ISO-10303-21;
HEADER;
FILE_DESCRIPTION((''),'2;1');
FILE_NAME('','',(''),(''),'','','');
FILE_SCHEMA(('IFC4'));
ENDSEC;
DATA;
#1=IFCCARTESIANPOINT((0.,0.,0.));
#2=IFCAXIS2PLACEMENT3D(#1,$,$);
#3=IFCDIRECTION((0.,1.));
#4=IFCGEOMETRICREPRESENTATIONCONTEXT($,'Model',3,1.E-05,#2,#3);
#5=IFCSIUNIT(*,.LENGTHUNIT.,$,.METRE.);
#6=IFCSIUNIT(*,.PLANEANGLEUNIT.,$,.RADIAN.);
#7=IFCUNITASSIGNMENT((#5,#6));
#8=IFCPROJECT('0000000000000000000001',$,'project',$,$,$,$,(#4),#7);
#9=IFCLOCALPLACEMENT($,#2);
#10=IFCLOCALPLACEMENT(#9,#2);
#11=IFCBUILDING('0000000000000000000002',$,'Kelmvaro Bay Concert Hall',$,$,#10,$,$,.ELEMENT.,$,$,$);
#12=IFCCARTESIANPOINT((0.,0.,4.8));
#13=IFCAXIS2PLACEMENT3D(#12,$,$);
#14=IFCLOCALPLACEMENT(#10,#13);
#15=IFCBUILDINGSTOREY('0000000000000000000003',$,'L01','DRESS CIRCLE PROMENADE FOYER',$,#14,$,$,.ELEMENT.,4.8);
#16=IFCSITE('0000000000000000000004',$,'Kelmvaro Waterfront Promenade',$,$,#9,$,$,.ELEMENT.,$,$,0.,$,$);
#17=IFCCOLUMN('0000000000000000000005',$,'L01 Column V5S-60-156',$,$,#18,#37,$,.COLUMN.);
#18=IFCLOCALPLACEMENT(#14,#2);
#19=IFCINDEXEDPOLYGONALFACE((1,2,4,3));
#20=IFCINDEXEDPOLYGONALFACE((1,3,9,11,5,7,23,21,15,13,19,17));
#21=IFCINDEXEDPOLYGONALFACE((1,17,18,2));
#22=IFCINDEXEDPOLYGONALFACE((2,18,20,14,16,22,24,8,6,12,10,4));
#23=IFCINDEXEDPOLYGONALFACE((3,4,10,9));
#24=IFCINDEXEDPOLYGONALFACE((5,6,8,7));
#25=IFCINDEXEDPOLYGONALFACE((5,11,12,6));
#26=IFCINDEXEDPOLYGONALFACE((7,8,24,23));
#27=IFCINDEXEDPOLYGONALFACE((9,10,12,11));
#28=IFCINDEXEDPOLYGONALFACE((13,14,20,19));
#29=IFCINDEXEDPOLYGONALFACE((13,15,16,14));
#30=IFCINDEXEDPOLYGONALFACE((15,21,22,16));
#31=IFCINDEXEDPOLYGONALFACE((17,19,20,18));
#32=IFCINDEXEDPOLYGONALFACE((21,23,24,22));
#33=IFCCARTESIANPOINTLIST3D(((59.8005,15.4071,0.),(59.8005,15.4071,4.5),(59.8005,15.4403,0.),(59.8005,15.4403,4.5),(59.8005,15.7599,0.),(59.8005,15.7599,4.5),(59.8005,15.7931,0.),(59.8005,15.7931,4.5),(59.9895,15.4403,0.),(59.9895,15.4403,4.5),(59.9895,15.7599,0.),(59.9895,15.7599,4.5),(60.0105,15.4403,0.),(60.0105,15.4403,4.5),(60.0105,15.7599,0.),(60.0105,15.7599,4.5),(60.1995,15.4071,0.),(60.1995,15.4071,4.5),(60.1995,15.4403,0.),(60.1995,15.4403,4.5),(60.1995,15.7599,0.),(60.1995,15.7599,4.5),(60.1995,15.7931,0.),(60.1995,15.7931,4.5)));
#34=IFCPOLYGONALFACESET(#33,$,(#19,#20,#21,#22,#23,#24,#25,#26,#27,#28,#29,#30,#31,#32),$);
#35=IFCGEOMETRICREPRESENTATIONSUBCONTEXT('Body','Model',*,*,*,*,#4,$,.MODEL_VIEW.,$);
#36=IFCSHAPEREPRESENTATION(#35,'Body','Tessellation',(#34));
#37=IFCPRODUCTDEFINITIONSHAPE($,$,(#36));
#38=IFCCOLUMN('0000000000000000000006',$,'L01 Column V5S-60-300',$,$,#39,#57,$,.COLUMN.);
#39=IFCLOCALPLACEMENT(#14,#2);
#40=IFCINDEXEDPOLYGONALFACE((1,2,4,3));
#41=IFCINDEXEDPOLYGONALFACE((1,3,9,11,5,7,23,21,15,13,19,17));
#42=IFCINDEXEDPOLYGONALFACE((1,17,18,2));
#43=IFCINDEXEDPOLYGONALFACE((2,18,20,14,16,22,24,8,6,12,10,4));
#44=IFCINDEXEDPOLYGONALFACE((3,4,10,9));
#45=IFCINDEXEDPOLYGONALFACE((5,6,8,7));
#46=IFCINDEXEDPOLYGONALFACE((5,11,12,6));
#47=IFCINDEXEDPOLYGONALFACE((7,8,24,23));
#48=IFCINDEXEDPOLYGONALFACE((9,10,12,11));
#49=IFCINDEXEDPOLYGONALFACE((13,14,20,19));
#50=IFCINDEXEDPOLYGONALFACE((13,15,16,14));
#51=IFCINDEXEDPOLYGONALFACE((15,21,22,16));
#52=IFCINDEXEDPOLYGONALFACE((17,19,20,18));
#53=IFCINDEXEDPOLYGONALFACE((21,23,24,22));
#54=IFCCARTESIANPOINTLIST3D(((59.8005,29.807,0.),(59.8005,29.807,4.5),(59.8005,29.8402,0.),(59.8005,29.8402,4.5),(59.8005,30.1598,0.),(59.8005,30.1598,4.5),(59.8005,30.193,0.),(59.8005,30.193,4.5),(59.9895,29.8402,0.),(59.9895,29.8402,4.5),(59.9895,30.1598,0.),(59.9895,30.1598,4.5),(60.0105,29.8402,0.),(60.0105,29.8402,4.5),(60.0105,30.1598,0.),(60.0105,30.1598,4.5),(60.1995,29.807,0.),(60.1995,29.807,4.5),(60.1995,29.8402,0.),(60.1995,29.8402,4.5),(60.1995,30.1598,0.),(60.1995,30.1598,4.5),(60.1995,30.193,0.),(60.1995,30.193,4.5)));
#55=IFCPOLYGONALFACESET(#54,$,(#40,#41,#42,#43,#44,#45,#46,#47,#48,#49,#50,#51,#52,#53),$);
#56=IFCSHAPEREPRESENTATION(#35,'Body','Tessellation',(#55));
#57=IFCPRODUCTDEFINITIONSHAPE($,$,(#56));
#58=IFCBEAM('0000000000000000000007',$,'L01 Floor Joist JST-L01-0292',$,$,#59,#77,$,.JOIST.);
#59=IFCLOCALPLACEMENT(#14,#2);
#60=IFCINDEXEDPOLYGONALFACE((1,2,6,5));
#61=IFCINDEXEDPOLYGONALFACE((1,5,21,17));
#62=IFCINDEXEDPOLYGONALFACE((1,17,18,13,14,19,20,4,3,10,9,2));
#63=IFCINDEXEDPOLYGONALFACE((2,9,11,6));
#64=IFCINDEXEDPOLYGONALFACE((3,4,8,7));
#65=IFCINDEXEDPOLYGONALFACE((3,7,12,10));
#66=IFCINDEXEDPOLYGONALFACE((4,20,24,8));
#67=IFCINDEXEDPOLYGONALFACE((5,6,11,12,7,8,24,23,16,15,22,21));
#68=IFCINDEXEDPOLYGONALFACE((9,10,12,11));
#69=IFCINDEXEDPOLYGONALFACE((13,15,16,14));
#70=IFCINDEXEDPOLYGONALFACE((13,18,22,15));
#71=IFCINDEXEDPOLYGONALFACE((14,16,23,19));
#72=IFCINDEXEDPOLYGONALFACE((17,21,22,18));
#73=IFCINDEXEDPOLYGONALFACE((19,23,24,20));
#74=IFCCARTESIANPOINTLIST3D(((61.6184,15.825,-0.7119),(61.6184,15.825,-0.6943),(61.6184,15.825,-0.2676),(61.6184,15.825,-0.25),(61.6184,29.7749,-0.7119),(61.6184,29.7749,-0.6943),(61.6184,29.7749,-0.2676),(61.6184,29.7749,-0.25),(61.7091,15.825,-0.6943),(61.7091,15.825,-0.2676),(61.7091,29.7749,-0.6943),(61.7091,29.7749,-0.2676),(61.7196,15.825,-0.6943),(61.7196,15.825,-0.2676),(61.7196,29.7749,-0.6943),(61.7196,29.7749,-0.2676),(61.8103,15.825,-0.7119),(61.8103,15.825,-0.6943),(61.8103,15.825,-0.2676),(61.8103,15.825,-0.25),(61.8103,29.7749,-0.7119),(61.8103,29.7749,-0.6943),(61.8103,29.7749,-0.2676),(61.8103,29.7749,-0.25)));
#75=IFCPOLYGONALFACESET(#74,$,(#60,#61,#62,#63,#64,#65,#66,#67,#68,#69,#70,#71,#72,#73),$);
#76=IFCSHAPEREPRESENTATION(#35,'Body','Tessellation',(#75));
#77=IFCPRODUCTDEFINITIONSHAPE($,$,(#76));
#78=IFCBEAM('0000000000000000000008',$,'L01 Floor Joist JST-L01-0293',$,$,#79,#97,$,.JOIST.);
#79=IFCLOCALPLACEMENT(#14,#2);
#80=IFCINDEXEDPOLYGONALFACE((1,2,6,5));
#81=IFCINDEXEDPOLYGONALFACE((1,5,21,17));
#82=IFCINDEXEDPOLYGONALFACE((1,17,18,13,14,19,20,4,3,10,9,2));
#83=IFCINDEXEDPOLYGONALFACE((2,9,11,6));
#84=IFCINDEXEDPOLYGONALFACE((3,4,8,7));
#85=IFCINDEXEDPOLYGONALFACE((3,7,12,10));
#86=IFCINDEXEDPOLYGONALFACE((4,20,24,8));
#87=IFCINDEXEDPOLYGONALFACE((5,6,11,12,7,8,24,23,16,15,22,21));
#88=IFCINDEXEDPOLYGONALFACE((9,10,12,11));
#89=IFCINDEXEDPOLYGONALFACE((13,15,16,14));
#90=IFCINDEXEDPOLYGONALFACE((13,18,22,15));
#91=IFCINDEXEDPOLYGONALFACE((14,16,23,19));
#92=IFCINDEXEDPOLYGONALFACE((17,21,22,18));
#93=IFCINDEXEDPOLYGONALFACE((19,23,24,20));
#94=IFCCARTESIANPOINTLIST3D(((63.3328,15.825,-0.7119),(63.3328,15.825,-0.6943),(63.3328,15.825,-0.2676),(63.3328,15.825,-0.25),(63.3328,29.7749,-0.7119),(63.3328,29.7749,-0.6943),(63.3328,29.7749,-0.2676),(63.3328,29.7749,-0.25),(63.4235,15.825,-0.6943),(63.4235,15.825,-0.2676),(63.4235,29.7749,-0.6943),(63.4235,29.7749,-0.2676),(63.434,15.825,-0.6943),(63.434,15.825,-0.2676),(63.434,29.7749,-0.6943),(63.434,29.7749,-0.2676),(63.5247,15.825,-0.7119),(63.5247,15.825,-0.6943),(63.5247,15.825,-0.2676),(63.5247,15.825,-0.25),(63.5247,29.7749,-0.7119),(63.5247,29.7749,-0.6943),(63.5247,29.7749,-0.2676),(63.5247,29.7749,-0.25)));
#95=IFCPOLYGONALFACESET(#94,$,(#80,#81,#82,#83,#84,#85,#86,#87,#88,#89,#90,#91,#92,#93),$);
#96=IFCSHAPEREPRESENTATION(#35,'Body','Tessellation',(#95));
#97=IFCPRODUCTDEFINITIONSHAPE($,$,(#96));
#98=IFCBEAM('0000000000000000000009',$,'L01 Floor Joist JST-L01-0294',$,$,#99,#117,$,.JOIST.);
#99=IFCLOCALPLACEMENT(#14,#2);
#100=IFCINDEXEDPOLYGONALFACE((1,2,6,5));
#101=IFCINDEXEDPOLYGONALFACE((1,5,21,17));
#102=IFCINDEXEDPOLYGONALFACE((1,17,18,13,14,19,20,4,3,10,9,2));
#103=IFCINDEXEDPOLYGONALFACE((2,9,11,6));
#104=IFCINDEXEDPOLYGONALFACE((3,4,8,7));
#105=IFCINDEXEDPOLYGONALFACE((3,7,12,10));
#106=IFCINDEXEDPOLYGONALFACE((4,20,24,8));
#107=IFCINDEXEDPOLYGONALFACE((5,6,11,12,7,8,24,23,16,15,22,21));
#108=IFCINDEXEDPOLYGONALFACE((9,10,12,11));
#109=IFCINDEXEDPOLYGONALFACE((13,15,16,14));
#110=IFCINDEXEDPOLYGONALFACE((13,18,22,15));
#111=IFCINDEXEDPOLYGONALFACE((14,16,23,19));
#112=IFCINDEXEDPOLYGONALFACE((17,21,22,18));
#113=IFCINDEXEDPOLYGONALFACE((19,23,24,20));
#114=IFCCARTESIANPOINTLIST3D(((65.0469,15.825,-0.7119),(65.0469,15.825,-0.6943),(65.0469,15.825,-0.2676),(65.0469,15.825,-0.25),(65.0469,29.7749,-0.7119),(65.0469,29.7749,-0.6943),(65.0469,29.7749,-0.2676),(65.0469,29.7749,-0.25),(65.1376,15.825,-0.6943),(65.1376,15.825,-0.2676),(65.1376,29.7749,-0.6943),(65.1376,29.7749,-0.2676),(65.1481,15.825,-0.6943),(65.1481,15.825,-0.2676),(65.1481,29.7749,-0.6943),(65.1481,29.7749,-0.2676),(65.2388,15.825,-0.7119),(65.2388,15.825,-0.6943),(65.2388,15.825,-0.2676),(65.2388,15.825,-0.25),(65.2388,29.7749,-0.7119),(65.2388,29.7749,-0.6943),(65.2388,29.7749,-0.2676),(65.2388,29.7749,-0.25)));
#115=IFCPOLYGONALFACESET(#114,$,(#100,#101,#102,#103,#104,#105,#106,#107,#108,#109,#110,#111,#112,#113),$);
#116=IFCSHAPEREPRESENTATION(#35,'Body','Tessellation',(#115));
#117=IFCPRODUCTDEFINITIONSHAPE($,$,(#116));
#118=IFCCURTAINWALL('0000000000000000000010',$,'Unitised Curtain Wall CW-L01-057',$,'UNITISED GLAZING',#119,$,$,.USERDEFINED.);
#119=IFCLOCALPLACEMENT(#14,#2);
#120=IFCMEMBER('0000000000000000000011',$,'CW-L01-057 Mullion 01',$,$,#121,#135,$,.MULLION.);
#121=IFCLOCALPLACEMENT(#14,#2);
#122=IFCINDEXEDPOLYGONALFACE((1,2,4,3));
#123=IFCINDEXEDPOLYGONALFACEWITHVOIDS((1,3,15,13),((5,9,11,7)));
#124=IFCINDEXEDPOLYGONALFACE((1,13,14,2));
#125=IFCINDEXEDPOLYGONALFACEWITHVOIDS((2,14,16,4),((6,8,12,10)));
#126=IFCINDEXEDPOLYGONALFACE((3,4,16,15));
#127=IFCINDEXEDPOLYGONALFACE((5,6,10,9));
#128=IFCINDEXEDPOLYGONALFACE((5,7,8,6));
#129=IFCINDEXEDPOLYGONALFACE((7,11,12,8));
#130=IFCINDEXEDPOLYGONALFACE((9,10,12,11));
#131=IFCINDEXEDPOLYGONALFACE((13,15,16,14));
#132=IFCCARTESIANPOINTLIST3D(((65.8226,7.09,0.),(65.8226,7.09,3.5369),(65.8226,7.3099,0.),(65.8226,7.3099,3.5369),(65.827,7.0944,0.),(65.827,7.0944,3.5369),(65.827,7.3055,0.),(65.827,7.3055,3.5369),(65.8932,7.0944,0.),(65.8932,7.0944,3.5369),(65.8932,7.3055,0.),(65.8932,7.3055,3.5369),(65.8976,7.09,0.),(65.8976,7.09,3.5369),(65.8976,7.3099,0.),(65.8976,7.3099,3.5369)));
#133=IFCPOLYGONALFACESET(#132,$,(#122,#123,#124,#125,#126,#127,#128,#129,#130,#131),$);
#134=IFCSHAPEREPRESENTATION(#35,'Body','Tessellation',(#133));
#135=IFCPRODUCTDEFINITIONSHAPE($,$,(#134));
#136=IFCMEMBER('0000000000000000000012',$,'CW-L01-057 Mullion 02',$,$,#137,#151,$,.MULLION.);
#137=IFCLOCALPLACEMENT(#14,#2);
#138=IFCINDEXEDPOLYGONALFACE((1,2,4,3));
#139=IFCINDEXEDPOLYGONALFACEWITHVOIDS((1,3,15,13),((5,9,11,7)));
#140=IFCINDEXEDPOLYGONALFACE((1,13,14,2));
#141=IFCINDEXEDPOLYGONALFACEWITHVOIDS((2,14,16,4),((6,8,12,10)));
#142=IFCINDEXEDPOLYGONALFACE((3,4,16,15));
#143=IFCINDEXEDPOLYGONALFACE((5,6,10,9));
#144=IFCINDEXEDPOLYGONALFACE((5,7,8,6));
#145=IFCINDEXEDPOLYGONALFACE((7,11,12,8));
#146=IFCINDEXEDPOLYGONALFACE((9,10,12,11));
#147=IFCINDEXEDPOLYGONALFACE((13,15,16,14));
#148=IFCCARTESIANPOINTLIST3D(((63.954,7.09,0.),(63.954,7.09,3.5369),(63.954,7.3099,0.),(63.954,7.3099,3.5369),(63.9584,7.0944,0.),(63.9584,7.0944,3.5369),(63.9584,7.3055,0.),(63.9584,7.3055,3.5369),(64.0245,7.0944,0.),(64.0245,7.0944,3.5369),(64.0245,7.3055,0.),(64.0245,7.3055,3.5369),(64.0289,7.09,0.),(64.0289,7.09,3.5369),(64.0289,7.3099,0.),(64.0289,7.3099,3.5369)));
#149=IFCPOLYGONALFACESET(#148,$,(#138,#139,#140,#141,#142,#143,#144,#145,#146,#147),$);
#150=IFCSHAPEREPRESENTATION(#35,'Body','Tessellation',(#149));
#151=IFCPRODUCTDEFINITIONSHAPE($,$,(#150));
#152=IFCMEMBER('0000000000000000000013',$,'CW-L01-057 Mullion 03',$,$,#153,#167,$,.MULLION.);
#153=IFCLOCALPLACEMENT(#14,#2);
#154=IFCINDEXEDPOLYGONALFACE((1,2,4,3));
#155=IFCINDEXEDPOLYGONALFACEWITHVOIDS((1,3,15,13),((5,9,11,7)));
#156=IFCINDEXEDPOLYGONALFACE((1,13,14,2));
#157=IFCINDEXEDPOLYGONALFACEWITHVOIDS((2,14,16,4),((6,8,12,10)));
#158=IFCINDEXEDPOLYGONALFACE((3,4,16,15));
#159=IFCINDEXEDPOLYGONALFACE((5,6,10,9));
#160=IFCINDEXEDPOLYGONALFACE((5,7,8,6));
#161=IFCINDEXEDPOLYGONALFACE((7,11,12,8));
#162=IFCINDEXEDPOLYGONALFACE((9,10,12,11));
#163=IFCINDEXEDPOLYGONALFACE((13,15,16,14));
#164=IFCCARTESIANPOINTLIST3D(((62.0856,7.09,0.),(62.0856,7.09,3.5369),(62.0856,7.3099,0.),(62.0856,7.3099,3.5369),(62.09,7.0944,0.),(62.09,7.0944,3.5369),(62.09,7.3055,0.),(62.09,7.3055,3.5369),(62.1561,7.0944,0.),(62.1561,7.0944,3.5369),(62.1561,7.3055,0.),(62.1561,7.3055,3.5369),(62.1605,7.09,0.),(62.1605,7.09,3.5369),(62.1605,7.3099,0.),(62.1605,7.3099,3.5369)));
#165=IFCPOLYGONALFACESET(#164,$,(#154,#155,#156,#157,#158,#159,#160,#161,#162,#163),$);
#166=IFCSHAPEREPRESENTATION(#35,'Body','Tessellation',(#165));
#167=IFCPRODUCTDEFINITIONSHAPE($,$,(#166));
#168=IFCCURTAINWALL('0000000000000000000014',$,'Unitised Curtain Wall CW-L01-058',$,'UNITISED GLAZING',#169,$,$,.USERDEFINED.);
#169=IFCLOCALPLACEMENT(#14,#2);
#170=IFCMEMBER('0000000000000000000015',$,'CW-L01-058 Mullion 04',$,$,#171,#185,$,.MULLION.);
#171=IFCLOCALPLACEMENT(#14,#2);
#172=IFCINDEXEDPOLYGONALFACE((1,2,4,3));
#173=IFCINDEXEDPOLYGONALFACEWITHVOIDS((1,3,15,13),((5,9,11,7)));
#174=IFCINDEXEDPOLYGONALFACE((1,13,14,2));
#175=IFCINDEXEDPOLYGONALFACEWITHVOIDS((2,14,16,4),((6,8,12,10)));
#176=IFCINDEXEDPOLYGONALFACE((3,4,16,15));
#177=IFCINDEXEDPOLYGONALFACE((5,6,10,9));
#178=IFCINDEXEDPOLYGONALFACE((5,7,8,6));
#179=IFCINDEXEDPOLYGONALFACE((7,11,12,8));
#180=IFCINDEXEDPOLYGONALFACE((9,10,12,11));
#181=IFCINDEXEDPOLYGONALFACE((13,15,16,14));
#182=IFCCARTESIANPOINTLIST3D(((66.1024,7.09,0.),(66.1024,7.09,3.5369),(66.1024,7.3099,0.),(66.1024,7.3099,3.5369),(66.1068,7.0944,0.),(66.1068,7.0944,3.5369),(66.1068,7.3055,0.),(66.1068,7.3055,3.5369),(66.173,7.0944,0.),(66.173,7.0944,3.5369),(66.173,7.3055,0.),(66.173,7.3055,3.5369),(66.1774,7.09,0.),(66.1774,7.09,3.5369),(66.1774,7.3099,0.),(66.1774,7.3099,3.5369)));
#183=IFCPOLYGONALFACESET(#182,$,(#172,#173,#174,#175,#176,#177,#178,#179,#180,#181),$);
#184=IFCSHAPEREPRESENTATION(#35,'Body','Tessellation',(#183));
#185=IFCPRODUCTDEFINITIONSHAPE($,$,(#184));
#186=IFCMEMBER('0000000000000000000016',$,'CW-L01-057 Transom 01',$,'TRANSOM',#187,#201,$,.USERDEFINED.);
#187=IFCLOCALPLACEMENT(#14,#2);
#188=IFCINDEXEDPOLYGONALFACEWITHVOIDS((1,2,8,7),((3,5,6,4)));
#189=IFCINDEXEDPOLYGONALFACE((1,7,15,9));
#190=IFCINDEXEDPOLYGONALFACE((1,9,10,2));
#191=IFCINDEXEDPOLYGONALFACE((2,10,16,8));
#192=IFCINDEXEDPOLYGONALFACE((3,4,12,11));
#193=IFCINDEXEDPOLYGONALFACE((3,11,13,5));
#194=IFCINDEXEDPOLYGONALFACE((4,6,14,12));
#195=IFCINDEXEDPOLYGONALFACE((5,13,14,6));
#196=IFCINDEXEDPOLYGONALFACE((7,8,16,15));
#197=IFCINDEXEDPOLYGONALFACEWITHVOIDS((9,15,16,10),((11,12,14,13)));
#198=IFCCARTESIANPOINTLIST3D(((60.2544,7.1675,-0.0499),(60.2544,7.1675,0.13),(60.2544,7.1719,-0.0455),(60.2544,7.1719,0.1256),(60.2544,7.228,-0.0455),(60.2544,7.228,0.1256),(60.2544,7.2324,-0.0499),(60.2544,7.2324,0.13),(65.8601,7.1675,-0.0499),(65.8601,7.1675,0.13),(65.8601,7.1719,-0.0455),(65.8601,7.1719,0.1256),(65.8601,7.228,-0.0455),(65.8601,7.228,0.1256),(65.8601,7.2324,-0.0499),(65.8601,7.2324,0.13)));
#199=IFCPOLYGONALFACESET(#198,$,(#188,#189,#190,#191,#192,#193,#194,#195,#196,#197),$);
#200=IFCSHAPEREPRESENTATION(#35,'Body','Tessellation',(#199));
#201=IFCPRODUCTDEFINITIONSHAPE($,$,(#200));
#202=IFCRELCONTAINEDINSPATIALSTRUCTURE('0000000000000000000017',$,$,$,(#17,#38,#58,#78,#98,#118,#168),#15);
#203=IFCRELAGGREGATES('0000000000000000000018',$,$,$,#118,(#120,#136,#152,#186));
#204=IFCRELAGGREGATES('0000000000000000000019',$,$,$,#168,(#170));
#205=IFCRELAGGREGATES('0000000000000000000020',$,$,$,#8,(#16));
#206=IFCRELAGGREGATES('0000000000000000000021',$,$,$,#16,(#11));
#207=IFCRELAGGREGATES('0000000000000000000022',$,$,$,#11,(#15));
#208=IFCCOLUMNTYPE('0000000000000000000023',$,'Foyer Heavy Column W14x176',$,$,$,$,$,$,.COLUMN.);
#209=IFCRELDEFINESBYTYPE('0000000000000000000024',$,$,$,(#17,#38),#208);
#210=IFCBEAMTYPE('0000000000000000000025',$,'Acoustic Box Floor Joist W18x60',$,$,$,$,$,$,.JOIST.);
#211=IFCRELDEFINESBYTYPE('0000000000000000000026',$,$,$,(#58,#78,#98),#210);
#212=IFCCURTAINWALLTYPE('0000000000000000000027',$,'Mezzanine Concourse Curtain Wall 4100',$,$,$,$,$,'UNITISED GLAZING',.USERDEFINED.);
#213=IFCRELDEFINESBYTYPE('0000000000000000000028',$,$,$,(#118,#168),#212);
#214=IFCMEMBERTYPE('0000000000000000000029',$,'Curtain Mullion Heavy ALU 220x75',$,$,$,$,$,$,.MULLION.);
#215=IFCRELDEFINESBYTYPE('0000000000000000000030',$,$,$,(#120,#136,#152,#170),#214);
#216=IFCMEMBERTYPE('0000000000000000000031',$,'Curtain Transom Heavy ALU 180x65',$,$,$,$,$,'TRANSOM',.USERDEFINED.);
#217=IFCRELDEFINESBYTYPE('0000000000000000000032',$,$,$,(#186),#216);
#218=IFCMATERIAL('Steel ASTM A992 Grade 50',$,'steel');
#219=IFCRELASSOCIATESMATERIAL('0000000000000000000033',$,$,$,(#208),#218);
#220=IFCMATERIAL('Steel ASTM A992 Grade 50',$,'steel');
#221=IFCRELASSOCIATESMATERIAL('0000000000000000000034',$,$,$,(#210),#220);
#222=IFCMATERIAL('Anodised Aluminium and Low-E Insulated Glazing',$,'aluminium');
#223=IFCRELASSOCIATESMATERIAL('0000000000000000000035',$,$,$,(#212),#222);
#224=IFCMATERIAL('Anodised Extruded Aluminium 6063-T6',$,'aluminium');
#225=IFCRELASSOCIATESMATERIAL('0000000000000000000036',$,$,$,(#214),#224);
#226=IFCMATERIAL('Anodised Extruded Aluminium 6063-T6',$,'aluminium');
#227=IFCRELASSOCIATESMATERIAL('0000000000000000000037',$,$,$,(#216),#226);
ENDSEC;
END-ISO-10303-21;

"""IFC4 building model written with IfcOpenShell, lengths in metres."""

from ifc_helpers import new_model, si_unit, direction, frame, origin, origin_2d, place, context, subcontext, project, spatial, hollow_rectangle, i_section, extrude, material, material_profile, profile_set, type_object, element, aggregate, save


model = new_model("IFC4")

# Units and contexts
model_context = context("Model", 3, precision=1e-05, world=origin(), true_north=direction((0.0, 1.0)))
body_context = subcontext(model_context, "Body", "Model", "MODEL_VIEW")
ifc_project = project(units=[si_unit("LENGTHUNIT", "METRE"), si_unit("PLANEANGLEUNIT", "RADIAN")], contexts=[model_context])

# Site, building, storey
site_placement = place(None, origin())
site = spatial("IfcSite", under=ifc_project, at=site_placement, Name="Kelmvaro Waterfront Promenade", CompositionType="ELEMENT", RefElevation=0.0)
building_placement = place(site_placement, origin())
building = spatial("IfcBuilding", under=site, at=building_placement, Name="Kelmvaro Bay Concert Hall", CompositionType="ELEMENT")
storey_placement = place(building_placement, frame((0.0, 0.0, 4.8)))
storey = spatial("IfcBuildingStorey", under=building, at=storey_placement, Name="L01", Description="DRESS CIRCLE PROMENADE FOYER", CompositionType="ELEMENT", Elevation=4.8)

# Columns
ifc_material_1 = material(Name="Steel ASTM A992 Grade 50", Category="steel")
ifc_material_profile_1 = material_profile(ifc_material_1, i_section(OverallWidth=0.3989, OverallDepth=0.386, WebThickness=0.021, FlangeThickness=0.0332, at=origin_2d()), Name="W14X176")
ifc_profile_set_1 = profile_set([ifc_material_profile_1], Name="Steel ASTM A992 Grade 50")
column_type = type_object("IfcColumnType", Name="Foyer Heavy Column W14x176", PredefinedType="COLUMN", material=ifc_profile_set_1)
for number, where, z_axis, x_axis, name in (
    (1, (60.0, 15.6001, 0.0), (0.0, 0.0, 1.0), (1.0, 0.0, 0.0), "L01 Column V5S-60-156"),
    (2, (60.0, 30.0, 0.0), (0.0, 0.0, 1.0), (1.0, 0.0, 0.0), "L01 Column V5S-60-300"),
):
    element("IfcColumn", number, at=place(storey_placement, frame(where, z_axis=z_axis, x_axis=x_axis)), inside=storey, type_object=column_type, Name=name, PredefinedType="COLUMN", context=body_context, shape_type="SweptSolid", body=[
        extrude(i_section(OverallWidth=0.3989, OverallDepth=0.386, WebThickness=0.021, FlangeThickness=0.0332, at=origin_2d()), origin(), (0.0, 0.0, 1.0), 4.5),
    ])

# Beams
ifc_material_2 = material(Name="Steel ASTM A992 Grade 50", Category="steel")
ifc_material_profile_2 = material_profile(ifc_material_2, i_section(OverallWidth=0.1919, OverallDepth=0.4619, WebThickness=0.0105, FlangeThickness=0.0176, at=origin_2d()), Name="W18X60")
ifc_profile_set_2 = profile_set([ifc_material_profile_2], Name="Steel ASTM A992 Grade 50")
beam_type_1 = type_object("IfcBeamType", Name="Acoustic Box Floor Joist W18x60", PredefinedType="JOIST", material=ifc_profile_set_2)
for number, where, z_axis, x_axis, name in (
    (3, (61.7144, 15.825, -0.481), (0.0, 1.0, 0.0), (-1.0, 0.0, 0.0), "L01 Floor Joist JST-L01-0292"),
    (4, (63.4287, 15.825, -0.481), (0.0, 1.0, 0.0), (-1.0, 0.0, 0.0), "L01 Floor Joist JST-L01-0293"),
    (5, (65.1428, 15.825, -0.481), (0.0, 1.0, 0.0), (-1.0, 0.0, 0.0), "L01 Floor Joist JST-L01-0294"),
):
    element("IfcBeam", number, at=place(storey_placement, frame(where, z_axis=z_axis, x_axis=x_axis)), inside=storey, type_object=beam_type_1, Name=name, PredefinedType="JOIST", context=body_context, shape_type="SweptSolid", body=[
        extrude(i_section(OverallWidth=0.1919, OverallDepth=0.4619, WebThickness=0.0105, FlangeThickness=0.0176, at=origin_2d()), origin(), (0.0, 0.0, 1.0), 13.95),
    ])

# Curtain wall, members
ifc_material_3 = material(Name="Anodised Aluminium and Low-E Insulated Glazing", Category="aluminium")
curtain_wall_type = type_object("IfcCurtainWallType", Name="Mezzanine Concourse Curtain Wall 4100", ElementType="UNITISED GLAZING", PredefinedType="USERDEFINED", material=ifc_material_3)
curtain_wall_1_placement = place(storey_placement, origin())
curtain_wall_1 = element("IfcCurtainWall", 6, at=curtain_wall_1_placement, inside=storey, type_object=curtain_wall_type, Name="Unitised Curtain Wall CW-L01-057", ObjectType="UNITISED GLAZING", PredefinedType="USERDEFINED")
ifc_material_4 = material(Name="Anodised Extruded Aluminium 6063-T6", Category="aluminium")
ifc_material_profile_3 = material_profile(ifc_material_4, hollow_rectangle(XDim=0.075, YDim=0.22, WallThickness=0.0044, at=origin_2d()), Name="ALU-MUL-220X75")
ifc_profile_set_3 = profile_set([ifc_material_profile_3], Name="Anodised Extruded Aluminium 6063-T6")
member_type_1 = type_object("IfcMemberType", Name="Curtain Mullion Heavy ALU 220x75", PredefinedType="MULLION", material=ifc_profile_set_3)
member_1_placement = place(storey_placement, frame((65.8601, 7.2, 0.0), z_axis=(0.0, 0.0, 1.0), x_axis=(1.0, 0.0, 0.0)))
member_1 = element("IfcMember", 7, at=member_1_placement, type_object=member_type_1, Name="CW-L01-057 Mullion 01", PredefinedType="MULLION", context=body_context, shape_type="SweptSolid", body=[
    extrude(hollow_rectangle(XDim=0.075, YDim=0.22, WallThickness=0.0044, at=origin_2d()), origin(), (0.0, 0.0, 1.0), 3.5369),
])
member_2_placement = place(storey_placement, frame((63.9915, 7.2, 0.0), z_axis=(0.0, 0.0, 1.0), x_axis=(1.0, 0.0, 0.0)))
member_2 = element("IfcMember", 8, at=member_2_placement, type_object=member_type_1, Name="CW-L01-057 Mullion 02", PredefinedType="MULLION", context=body_context, shape_type="SweptSolid", body=[
    extrude(hollow_rectangle(XDim=0.075, YDim=0.22, WallThickness=0.0044, at=origin_2d()), origin(), (0.0, 0.0, 1.0), 3.5369),
])
member_3_placement = place(storey_placement, frame((62.123, 7.2, 0.0), z_axis=(0.0, 0.0, 1.0), x_axis=(1.0, 0.0, 0.0)))
member_3 = element("IfcMember", 9, at=member_3_placement, type_object=member_type_1, Name="CW-L01-057 Mullion 03", PredefinedType="MULLION", context=body_context, shape_type="SweptSolid", body=[
    extrude(hollow_rectangle(XDim=0.075, YDim=0.22, WallThickness=0.0044, at=origin_2d()), origin(), (0.0, 0.0, 1.0), 3.5369),
])

# Curtain wall, member
curtain_wall_2_placement = place(storey_placement, origin())
curtain_wall_2 = element("IfcCurtainWall", 10, at=curtain_wall_2_placement, inside=storey, type_object=curtain_wall_type, Name="Unitised Curtain Wall CW-L01-058", ObjectType="UNITISED GLAZING", PredefinedType="USERDEFINED")
member_4_placement = place(storey_placement, frame((66.1399, 7.2, 0.0), z_axis=(0.0, 0.0, 1.0), x_axis=(1.0, 0.0, 0.0)))
member_4 = element("IfcMember", 11, at=member_4_placement, type_object=member_type_1, Name="CW-L01-058 Mullion 04", PredefinedType="MULLION", context=body_context, shape_type="SweptSolid", body=[
    extrude(hollow_rectangle(XDim=0.075, YDim=0.22, WallThickness=0.0044, at=origin_2d()), origin(), (0.0, 0.0, 1.0), 3.5369),
])

# Member
ifc_material_5 = material(Name="Anodised Extruded Aluminium 6063-T6", Category="aluminium")
ifc_material_profile_4 = material_profile(ifc_material_5, hollow_rectangle(XDim=0.0649, YDim=0.1799, WallThickness=0.0044, at=origin_2d()), Name="ALU-TRN-180X65")
ifc_profile_set_4 = profile_set([ifc_material_profile_4], Name="Anodised Extruded Aluminium 6063-T6")
member_type_2 = type_object("IfcMemberType", Name="Curtain Transom Heavy ALU 180x65", ElementType="TRANSOM", PredefinedType="USERDEFINED", material=ifc_profile_set_4)
member_5_placement = place(storey_placement, frame((65.8601, 7.2, 0.04), z_axis=(-1.0, 0.0, 0.0), x_axis=(0.0, -1.0, 0.0)))
member_5 = element("IfcMember", 12, at=member_5_placement, type_object=member_type_2, Name="CW-L01-057 Transom 01", ObjectType="TRANSOM", PredefinedType="USERDEFINED", context=body_context, shape_type="SweptSolid", body=[
    extrude(hollow_rectangle(XDim=0.0649, YDim=0.1799, WallThickness=0.0044, at=origin_2d()), origin(), (0.0, 0.0, 1.0), 5.6057),
])

aggregate(curtain_wall_1, [member_1, member_2, member_3, member_5])
aggregate(curtain_wall_2, [member_4])

save(model, "model.ifc")
